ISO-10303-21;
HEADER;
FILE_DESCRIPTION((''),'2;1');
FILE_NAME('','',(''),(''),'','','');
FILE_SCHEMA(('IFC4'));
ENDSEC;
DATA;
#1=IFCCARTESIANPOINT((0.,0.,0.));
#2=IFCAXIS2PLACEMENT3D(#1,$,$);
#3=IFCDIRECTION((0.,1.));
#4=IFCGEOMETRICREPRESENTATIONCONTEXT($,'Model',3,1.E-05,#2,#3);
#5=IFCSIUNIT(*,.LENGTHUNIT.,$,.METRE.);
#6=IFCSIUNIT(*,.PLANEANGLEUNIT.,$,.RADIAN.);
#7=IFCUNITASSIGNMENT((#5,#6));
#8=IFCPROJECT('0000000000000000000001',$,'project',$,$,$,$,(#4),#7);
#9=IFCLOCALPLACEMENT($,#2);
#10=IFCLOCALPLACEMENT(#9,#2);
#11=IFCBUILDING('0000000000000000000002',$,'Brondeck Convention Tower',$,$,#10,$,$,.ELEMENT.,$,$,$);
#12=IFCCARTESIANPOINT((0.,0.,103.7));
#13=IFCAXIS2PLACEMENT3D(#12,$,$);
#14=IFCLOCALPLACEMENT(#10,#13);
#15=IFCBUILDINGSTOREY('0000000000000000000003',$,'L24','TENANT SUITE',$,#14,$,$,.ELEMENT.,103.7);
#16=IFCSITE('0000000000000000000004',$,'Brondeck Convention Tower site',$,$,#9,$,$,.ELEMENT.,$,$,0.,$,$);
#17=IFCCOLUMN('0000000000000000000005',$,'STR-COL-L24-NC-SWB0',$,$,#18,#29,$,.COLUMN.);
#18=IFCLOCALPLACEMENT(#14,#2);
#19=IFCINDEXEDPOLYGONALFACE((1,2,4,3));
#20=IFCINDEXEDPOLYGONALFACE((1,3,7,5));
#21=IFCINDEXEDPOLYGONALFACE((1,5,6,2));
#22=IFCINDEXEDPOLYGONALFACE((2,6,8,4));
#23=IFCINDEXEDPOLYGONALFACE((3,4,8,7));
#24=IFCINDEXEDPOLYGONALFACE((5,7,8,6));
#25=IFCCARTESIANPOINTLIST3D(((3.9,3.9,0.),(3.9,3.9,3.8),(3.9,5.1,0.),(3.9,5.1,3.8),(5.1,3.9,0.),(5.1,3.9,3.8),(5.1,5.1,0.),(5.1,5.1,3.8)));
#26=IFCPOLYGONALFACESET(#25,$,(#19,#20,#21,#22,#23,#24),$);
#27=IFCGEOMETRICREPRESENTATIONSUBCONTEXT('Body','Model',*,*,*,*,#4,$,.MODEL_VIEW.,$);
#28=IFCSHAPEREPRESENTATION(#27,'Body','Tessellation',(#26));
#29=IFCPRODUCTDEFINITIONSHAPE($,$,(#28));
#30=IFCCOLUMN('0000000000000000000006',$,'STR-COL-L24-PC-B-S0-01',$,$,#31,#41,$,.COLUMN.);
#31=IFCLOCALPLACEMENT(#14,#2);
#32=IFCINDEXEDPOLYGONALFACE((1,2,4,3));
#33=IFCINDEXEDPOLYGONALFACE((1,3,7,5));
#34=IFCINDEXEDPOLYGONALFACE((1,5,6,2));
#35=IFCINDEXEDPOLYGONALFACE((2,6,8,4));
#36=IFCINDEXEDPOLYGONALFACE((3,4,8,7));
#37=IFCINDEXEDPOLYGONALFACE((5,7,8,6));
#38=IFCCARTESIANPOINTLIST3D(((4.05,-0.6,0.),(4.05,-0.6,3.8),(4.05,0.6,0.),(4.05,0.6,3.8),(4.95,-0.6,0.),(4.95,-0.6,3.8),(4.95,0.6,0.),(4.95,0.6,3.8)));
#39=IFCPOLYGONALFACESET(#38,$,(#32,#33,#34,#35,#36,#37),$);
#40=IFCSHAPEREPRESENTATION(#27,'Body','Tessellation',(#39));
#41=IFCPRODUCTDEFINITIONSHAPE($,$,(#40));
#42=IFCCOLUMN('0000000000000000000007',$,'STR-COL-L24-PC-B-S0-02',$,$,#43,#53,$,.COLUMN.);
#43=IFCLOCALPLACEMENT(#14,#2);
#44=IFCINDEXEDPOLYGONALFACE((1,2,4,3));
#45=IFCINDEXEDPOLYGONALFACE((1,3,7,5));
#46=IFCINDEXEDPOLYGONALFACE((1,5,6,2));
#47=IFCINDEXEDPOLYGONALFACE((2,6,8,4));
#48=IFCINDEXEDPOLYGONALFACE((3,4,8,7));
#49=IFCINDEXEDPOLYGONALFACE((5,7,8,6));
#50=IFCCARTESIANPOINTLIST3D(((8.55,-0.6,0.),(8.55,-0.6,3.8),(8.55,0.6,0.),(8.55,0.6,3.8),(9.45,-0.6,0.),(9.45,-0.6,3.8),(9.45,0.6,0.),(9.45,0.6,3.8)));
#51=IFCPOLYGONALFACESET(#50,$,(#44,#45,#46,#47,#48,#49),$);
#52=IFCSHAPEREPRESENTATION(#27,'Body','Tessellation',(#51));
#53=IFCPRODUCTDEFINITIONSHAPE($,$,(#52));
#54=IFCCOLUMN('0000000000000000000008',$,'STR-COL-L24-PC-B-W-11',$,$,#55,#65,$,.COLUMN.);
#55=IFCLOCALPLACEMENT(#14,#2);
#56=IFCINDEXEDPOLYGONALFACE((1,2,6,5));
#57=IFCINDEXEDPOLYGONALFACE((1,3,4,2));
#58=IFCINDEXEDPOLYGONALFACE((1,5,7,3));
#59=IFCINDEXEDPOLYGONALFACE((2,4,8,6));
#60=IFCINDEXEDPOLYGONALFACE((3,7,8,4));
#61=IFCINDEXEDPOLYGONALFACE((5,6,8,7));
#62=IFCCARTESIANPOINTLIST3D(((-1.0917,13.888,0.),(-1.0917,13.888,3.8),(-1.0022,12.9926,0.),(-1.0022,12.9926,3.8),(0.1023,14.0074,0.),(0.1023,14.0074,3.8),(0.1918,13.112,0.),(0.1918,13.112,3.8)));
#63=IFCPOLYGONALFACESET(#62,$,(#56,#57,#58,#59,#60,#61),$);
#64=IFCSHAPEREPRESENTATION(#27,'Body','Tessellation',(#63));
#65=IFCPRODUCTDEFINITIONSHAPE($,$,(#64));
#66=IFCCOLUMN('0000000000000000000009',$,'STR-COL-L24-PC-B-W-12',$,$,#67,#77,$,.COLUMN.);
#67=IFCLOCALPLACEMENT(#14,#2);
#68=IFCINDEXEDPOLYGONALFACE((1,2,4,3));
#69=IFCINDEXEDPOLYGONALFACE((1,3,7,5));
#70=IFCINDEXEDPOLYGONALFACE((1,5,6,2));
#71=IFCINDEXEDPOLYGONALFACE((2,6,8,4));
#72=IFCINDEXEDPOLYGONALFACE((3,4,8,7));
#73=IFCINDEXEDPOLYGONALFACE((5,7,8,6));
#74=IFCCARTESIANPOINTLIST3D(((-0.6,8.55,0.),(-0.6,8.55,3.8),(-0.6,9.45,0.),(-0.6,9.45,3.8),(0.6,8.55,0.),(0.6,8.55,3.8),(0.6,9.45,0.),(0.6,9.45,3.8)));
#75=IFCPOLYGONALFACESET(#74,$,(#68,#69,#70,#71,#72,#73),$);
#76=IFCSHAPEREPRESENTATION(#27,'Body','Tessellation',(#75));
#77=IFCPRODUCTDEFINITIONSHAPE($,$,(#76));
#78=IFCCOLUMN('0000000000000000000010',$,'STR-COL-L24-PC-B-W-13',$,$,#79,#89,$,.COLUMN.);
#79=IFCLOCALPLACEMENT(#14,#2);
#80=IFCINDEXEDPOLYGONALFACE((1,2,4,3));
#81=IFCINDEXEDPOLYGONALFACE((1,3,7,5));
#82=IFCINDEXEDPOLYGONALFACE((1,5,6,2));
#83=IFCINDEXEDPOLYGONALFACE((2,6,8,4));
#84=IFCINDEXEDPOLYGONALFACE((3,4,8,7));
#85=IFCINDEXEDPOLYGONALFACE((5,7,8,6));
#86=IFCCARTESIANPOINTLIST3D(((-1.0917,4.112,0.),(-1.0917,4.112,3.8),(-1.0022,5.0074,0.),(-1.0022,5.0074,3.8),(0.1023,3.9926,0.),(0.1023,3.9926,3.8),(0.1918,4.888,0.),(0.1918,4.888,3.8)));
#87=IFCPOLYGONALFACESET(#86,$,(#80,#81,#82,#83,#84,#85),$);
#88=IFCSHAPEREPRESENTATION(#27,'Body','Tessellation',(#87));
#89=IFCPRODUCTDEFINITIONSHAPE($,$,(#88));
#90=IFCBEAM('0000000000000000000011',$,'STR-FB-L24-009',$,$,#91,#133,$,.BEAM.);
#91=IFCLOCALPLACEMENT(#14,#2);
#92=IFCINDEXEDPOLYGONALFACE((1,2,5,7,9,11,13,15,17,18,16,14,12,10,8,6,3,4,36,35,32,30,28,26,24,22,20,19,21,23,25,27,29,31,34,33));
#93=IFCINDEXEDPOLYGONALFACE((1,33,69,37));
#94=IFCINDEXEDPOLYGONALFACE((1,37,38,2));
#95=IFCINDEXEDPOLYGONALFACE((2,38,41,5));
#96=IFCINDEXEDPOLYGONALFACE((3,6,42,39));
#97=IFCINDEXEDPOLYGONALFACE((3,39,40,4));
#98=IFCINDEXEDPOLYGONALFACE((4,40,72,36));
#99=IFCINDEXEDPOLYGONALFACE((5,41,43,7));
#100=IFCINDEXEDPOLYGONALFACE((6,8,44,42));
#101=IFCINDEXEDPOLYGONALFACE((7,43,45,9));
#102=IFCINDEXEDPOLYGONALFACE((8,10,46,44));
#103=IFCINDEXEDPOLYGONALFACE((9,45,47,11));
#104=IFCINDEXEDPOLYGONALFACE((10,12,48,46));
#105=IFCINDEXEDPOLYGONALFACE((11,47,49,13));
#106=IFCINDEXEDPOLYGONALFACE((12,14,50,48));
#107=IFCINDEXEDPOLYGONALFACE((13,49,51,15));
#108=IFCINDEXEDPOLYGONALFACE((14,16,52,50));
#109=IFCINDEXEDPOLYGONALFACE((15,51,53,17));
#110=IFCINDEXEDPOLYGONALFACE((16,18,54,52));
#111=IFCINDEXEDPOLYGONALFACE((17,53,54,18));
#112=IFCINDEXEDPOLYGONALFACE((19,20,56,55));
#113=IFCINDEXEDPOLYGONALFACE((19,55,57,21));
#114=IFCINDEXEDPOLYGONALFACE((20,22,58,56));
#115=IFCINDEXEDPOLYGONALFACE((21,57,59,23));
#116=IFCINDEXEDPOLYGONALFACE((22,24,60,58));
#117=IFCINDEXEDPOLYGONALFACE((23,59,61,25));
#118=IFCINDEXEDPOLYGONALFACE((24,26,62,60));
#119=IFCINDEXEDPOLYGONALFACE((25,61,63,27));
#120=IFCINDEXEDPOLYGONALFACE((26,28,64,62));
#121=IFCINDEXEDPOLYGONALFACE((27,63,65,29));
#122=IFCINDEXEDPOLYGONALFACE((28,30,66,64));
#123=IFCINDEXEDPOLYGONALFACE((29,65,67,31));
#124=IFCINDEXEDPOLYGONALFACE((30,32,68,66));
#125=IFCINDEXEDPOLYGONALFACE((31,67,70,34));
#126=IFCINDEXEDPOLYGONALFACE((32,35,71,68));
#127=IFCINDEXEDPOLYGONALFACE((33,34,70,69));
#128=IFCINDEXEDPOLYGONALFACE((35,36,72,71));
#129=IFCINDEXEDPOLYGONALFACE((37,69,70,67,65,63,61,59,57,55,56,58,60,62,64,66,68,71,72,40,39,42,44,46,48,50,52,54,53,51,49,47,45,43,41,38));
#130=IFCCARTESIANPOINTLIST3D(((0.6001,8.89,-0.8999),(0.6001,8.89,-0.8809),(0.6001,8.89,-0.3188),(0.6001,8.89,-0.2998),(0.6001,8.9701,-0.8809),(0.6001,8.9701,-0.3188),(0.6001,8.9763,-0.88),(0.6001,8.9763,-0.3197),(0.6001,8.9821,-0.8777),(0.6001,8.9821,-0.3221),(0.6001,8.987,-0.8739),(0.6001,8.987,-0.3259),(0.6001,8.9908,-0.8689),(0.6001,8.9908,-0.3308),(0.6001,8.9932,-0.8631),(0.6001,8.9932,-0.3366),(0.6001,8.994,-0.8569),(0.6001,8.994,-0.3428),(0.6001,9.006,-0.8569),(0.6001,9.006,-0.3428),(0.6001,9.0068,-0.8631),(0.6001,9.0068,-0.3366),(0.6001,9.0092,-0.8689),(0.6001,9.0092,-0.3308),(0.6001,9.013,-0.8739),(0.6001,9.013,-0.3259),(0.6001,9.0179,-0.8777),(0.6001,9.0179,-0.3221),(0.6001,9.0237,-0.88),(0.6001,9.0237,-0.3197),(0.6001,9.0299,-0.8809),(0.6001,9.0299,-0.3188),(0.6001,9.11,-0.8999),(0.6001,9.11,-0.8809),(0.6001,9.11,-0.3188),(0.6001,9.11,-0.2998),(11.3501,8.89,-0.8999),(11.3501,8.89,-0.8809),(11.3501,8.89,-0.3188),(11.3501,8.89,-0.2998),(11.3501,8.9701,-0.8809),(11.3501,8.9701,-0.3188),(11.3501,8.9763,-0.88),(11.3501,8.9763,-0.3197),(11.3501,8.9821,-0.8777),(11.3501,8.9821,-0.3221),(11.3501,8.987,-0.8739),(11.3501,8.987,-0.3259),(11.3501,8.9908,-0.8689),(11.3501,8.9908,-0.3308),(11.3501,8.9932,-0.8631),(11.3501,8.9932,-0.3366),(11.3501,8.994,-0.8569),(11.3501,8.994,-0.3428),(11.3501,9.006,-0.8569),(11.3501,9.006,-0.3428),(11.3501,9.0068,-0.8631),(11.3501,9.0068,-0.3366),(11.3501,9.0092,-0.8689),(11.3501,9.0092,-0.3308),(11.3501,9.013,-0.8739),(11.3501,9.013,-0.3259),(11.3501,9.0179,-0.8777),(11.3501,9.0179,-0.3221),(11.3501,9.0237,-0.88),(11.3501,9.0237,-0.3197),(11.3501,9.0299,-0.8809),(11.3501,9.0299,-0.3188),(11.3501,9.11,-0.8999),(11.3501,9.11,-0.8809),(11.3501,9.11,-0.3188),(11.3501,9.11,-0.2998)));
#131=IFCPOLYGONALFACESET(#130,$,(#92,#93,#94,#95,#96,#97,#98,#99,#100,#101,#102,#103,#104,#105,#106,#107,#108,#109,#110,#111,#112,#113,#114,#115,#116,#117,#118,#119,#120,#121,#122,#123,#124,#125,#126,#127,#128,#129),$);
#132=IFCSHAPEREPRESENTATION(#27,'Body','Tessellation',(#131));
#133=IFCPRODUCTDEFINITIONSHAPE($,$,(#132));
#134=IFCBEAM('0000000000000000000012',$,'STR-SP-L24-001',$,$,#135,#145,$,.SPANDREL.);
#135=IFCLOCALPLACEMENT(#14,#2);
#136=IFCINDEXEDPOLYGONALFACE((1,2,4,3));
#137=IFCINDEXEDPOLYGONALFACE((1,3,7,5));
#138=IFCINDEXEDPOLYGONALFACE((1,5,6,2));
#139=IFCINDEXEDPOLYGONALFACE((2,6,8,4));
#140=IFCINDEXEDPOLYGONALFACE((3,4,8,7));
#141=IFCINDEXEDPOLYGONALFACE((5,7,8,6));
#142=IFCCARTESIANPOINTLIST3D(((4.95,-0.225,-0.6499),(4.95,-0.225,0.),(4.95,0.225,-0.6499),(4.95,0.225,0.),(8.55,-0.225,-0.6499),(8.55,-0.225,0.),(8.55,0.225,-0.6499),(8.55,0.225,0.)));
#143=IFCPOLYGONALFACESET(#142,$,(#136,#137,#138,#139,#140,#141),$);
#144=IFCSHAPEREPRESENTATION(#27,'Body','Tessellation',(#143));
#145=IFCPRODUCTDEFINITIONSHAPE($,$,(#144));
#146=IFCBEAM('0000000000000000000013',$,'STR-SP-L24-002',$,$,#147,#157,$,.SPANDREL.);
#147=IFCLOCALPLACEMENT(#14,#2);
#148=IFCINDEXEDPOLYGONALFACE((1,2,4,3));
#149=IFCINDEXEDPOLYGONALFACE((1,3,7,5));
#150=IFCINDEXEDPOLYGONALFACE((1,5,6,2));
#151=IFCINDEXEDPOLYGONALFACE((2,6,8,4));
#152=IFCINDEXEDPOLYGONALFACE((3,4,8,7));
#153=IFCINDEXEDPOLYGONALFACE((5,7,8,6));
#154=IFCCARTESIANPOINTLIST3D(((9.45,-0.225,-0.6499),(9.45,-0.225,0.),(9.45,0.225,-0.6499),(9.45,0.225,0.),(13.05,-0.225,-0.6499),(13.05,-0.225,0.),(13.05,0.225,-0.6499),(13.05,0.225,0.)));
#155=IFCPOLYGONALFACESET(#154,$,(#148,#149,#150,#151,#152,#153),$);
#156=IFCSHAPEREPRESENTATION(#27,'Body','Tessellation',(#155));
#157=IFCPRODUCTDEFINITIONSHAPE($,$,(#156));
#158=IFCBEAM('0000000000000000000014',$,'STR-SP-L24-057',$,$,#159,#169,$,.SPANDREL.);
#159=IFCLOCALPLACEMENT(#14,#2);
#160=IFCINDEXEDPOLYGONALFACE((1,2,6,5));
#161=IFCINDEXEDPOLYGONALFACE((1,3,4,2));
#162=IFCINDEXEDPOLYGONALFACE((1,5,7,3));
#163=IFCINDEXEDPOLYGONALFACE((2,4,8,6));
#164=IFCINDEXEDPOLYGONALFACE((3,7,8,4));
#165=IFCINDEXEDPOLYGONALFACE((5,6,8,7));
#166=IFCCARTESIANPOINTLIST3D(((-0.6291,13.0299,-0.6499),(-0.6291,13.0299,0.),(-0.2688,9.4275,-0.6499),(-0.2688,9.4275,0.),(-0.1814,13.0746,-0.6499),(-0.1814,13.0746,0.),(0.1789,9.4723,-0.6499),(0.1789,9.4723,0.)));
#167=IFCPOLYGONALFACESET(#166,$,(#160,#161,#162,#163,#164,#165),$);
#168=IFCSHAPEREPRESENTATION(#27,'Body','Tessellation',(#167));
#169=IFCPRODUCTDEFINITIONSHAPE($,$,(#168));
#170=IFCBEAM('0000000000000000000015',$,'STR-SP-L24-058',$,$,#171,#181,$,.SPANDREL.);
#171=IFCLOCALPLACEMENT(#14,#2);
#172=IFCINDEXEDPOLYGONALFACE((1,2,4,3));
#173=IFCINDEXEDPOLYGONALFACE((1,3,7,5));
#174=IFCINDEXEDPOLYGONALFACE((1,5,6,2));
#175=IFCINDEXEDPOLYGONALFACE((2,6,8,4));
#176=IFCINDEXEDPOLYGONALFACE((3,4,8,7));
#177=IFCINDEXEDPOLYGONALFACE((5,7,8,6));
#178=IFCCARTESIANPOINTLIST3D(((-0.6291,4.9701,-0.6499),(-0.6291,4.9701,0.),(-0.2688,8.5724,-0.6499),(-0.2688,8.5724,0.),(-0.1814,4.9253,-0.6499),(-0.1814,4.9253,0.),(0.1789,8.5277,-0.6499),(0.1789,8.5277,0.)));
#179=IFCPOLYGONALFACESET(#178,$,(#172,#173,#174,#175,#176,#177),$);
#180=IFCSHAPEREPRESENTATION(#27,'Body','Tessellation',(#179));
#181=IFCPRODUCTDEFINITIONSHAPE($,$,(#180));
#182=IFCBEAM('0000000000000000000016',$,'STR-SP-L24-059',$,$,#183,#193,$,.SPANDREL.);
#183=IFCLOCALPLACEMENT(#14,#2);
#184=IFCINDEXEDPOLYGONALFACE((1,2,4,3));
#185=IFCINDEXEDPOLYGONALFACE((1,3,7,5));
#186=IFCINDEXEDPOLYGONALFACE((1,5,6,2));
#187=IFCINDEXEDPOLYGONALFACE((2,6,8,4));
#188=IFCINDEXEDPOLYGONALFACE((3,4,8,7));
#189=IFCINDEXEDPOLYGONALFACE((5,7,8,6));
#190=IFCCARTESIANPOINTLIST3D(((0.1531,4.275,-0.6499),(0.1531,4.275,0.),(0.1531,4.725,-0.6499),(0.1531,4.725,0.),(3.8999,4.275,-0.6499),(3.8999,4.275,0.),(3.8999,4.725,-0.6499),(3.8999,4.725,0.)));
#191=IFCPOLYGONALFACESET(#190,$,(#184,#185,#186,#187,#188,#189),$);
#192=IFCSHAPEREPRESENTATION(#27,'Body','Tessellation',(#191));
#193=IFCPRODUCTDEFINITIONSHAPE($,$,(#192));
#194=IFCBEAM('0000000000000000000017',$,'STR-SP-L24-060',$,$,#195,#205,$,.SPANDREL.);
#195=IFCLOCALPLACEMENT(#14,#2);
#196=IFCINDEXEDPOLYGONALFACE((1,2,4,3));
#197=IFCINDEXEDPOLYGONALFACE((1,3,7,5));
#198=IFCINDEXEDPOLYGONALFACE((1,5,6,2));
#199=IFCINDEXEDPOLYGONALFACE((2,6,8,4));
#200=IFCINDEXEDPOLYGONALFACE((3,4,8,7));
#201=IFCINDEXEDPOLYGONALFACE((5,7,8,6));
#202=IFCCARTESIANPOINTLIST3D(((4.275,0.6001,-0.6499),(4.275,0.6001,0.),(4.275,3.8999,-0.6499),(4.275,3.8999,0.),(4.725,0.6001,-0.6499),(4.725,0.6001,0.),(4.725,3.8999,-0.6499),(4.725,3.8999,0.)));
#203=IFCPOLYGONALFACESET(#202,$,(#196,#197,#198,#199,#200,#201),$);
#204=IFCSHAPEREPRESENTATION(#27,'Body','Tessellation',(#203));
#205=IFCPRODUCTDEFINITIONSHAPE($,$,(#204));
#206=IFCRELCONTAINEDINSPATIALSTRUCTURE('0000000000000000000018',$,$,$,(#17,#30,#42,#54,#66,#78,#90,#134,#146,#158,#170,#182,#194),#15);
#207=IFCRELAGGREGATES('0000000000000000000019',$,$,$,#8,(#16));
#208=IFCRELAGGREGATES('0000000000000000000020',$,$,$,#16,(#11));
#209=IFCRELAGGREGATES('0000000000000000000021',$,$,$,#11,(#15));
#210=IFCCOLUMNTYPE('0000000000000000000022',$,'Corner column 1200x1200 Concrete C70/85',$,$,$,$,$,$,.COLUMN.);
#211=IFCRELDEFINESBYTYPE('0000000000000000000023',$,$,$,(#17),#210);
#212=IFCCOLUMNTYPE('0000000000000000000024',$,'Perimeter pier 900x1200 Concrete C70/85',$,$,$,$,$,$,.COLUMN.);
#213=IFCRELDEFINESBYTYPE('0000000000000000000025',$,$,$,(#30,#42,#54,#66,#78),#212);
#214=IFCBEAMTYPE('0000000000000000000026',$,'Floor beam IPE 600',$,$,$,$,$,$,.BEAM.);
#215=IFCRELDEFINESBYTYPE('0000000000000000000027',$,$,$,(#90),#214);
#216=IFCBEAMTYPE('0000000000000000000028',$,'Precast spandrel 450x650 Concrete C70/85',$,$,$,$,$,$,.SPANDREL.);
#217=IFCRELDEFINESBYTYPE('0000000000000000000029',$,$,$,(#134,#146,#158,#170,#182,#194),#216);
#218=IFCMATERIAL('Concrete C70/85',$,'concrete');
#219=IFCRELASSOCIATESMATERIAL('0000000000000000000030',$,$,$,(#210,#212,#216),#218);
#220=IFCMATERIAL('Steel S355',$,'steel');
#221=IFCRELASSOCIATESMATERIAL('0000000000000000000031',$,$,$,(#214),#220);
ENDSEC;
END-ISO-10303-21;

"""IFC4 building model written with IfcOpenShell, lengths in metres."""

from ifc_helpers import new_model, si_unit, direction, frame, origin, origin_2d, place, context, subcontext, project, spatial, rectangle, i_section, extrude, material, material_profile, profile_set, type_object, element, save


model = new_model("IFC4")

# Units and contexts
model_context = context("Model", 3, precision=1e-05, world=origin(), true_north=direction((0.0, 1.0)))
body_context = subcontext(model_context, "Body", "Model", "MODEL_VIEW")
ifc_project = project(units=[si_unit("LENGTHUNIT", "METRE"), si_unit("PLANEANGLEUNIT", "RADIAN")], contexts=[model_context])

# Site, building, storey
site_placement = place(None, origin())
site = spatial("IfcSite", under=ifc_project, at=site_placement, Name="Brondeck Convention Tower site", CompositionType="ELEMENT", RefElevation=0.0)
building_placement = place(site_placement, origin())
building = spatial("IfcBuilding", under=site, at=building_placement, Name="Brondeck Convention Tower", CompositionType="ELEMENT")
storey_placement = place(building_placement, frame((0.0, 0.0, 103.7)))
storey = spatial("IfcBuildingStorey", under=building, at=storey_placement, Name="L24", Description="TENANT SUITE", CompositionType="ELEMENT", Elevation=103.7)

# Columns
ifc_material_1 = material(Name="Concrete C70/85", Category="concrete")
ifc_material_profile_1 = material_profile(ifc_material_1, rectangle(XDim=1.2, YDim=1.2, at=origin_2d()), Name="Corner column 1200x1200 Concrete C70/85")
ifc_profile_set_1 = profile_set([ifc_material_profile_1], Name="Concrete C70/85")
column_type_1 = type_object("IfcColumnType", Name="Corner column 1200x1200 Concrete C70/85", PredefinedType="COLUMN", material=ifc_profile_set_1)
column_placement = place(storey_placement, frame((4.5, 4.5, 0.0), z_axis=(0.0, 0.0, 1.0), x_axis=(1.0, 0.0, 0.0)))
element("IfcColumn", 1, at=column_placement, inside=storey, type_object=column_type_1, Name="STR-COL-L24-NC-SWB0", PredefinedType="COLUMN", context=body_context, shape_type="SweptSolid", body=[
    extrude(rectangle(XDim=1.2, YDim=1.2, at=origin_2d()), origin(), (0.0, 0.0, 1.0), 3.8),
])
ifc_material_profile_2 = material_profile(ifc_material_1, rectangle(XDim=0.8999, YDim=1.2, at=origin_2d()), Name="Perimeter pier 900x1200 Concrete C70/85")
ifc_profile_set_2 = profile_set([ifc_material_profile_2], Name="Concrete C70/85")
column_type_2 = type_object("IfcColumnType", Name="Perimeter pier 900x1200 Concrete C70/85", PredefinedType="COLUMN", material=ifc_profile_set_2)
for number, where, z_axis, x_axis, name in (
    (2, (4.5, 0.0, 0.0), (0.0, 0.0, 1.0), (1.0, 0.0, 0.0), "STR-COL-L24-PC-B-S0-01"),
    (3, (9.0, 0.0, 0.0), (0.0, 0.0, 1.0), (1.0, 0.0, 0.0), "STR-COL-L24-PC-B-S0-02"),
    (4, (-0.45, 13.5, 0.0), (0.0, 0.0, 1.0), (0.099504, -0.995037, 0.0), "STR-COL-L24-PC-B-W-11"),
    (5, (0.0, 9.0, 0.0), (0.0, 0.0, 1.0), (0.0, -1.0, 0.0), "STR-COL-L24-PC-B-W-12"),
    (6, (-0.45, 4.5, 0.0), (0.0, 0.0, 1.0), (-0.099504, -0.995037, 0.0), "STR-COL-L24-PC-B-W-13"),
):
    element("IfcColumn", number, at=place(storey_placement, frame(where, z_axis=z_axis, x_axis=x_axis)), inside=storey, type_object=column_type_2, Name=name, PredefinedType="COLUMN", context=body_context, shape_type="SweptSolid", body=[
        extrude(rectangle(XDim=0.8999, YDim=1.2, at=origin_2d()), origin(), (0.0, 0.0, 1.0), 3.8),
    ])

# Beams
ifc_material_2 = material(Name="Steel S355", Category="steel")
ifc_material_profile_3 = material_profile(ifc_material_2, i_section(OverallWidth=0.22, OverallDepth=0.6001, WebThickness=0.012, FlangeThickness=0.019, FilletRadius=0.0239, at=origin_2d()), Name="IPE 600")
ifc_profile_set_3 = profile_set([ifc_material_profile_3], Name="Steel S355")
beam_type_1 = type_object("IfcBeamType", Name="Floor beam IPE 600", PredefinedType="BEAM", material=ifc_profile_set_3)
beam_1_placement = place(storey_placement, frame((0.6001, 9.0, -0.5999), z_axis=(1.0, 0.0, 0.0), x_axis=(0.0, 1.0, 0.0)))
element("IfcBeam", 7, at=beam_1_placement, inside=storey, type_object=beam_type_1, Name="STR-FB-L24-009", PredefinedType="BEAM", context=body_context, shape_type="SweptSolid", body=[
    extrude(i_section(OverallWidth=0.22, OverallDepth=0.6001, WebThickness=0.012, FlangeThickness=0.019, FilletRadius=0.0239, at=origin_2d()), origin(), (0.0, 0.0, 1.0), 10.75),
])
ifc_material_profile_4 = material_profile(ifc_material_1, rectangle(XDim=0.45, YDim=0.6499, at=origin_2d()), Name="Precast spandrel 450x650 Concrete C70/85")
ifc_profile_set_4 = profile_set([ifc_material_profile_4], Name="Concrete C70/85")
beam_type_2 = type_object("IfcBeamType", Name="Precast spandrel 450x650 Concrete C70/85", PredefinedType="SPANDREL", material=ifc_profile_set_4)
for number, where, z_axis, x_axis, name in (
    (8, (4.95, 0.0, -0.325), (1.0, 0.0, 0.0), (0.0, 1.0, 0.0), "STR-SP-L24-001"),
    (9, (9.45, 0.0, -0.325), (1.0, 0.0, 0.0), (0.0, 1.0, 0.0), "STR-SP-L24-002"),
):
    element("IfcBeam", number, at=place(storey_placement, frame(where, z_axis=z_axis, x_axis=x_axis)), inside=storey, type_object=beam_type_2, Name=name, PredefinedType="SPANDREL", context=body_context, shape_type="SweptSolid", body=[
        extrude(rectangle(XDim=0.45, YDim=0.6499, at=origin_2d()), origin(), (0.0, 0.0, 1.0), 3.6001),
    ])
for number, where, z_axis, x_axis, name in (
    (10, (-0.4053, 13.0522, -0.325), (0.099537, -0.995034, 0.0), (0.995034, 0.099537, 0.0), "STR-SP-L24-057"),
    (11, (-0.0449, 8.55, -0.325), (-0.099537, -0.995034, 0.0), (0.995034, -0.099537, 0.0), "STR-SP-L24-058"),
):
    element("IfcBeam", number, at=place(storey_placement, frame(where, z_axis=z_axis, x_axis=x_axis)), inside=storey, type_object=beam_type_2, Name=name, PredefinedType="SPANDREL", context=body_context, shape_type="SweptSolid", body=[
        extrude(rectangle(XDim=0.45, YDim=0.6499, at=origin_2d()), origin(), (0.0, 0.0, 1.0), 3.6204),
    ])
beam_2_placement = place(storey_placement, frame((0.1531, 4.5, -0.325), z_axis=(1.0, 0.0, 0.0), x_axis=(0.0, 1.0, 0.0)))
element("IfcBeam", 12, at=beam_2_placement, inside=storey, type_object=beam_type_2, Name="STR-SP-L24-059", PredefinedType="SPANDREL", context=body_context, shape_type="SweptSolid", body=[
    extrude(rectangle(XDim=0.45, YDim=0.6499, at=origin_2d()), origin(), (0.0, 0.0, 1.0), 3.7468),
])
beam_3_placement = place(storey_placement, frame((4.5, 3.8999, -0.325), z_axis=(0.0, -1.0, 0.0), x_axis=(1.0, 0.0, 0.0)))
element("IfcBeam", 13, at=beam_3_placement, inside=storey, type_object=beam_type_2, Name="STR-SP-L24-060", PredefinedType="SPANDREL", context=body_context, shape_type="SweptSolid", body=[
    extrude(rectangle(XDim=0.45, YDim=0.6499, at=origin_2d()), origin(), (0.0, 0.0, 1.0), 3.2998),
])

save(model, "model.ifc")
